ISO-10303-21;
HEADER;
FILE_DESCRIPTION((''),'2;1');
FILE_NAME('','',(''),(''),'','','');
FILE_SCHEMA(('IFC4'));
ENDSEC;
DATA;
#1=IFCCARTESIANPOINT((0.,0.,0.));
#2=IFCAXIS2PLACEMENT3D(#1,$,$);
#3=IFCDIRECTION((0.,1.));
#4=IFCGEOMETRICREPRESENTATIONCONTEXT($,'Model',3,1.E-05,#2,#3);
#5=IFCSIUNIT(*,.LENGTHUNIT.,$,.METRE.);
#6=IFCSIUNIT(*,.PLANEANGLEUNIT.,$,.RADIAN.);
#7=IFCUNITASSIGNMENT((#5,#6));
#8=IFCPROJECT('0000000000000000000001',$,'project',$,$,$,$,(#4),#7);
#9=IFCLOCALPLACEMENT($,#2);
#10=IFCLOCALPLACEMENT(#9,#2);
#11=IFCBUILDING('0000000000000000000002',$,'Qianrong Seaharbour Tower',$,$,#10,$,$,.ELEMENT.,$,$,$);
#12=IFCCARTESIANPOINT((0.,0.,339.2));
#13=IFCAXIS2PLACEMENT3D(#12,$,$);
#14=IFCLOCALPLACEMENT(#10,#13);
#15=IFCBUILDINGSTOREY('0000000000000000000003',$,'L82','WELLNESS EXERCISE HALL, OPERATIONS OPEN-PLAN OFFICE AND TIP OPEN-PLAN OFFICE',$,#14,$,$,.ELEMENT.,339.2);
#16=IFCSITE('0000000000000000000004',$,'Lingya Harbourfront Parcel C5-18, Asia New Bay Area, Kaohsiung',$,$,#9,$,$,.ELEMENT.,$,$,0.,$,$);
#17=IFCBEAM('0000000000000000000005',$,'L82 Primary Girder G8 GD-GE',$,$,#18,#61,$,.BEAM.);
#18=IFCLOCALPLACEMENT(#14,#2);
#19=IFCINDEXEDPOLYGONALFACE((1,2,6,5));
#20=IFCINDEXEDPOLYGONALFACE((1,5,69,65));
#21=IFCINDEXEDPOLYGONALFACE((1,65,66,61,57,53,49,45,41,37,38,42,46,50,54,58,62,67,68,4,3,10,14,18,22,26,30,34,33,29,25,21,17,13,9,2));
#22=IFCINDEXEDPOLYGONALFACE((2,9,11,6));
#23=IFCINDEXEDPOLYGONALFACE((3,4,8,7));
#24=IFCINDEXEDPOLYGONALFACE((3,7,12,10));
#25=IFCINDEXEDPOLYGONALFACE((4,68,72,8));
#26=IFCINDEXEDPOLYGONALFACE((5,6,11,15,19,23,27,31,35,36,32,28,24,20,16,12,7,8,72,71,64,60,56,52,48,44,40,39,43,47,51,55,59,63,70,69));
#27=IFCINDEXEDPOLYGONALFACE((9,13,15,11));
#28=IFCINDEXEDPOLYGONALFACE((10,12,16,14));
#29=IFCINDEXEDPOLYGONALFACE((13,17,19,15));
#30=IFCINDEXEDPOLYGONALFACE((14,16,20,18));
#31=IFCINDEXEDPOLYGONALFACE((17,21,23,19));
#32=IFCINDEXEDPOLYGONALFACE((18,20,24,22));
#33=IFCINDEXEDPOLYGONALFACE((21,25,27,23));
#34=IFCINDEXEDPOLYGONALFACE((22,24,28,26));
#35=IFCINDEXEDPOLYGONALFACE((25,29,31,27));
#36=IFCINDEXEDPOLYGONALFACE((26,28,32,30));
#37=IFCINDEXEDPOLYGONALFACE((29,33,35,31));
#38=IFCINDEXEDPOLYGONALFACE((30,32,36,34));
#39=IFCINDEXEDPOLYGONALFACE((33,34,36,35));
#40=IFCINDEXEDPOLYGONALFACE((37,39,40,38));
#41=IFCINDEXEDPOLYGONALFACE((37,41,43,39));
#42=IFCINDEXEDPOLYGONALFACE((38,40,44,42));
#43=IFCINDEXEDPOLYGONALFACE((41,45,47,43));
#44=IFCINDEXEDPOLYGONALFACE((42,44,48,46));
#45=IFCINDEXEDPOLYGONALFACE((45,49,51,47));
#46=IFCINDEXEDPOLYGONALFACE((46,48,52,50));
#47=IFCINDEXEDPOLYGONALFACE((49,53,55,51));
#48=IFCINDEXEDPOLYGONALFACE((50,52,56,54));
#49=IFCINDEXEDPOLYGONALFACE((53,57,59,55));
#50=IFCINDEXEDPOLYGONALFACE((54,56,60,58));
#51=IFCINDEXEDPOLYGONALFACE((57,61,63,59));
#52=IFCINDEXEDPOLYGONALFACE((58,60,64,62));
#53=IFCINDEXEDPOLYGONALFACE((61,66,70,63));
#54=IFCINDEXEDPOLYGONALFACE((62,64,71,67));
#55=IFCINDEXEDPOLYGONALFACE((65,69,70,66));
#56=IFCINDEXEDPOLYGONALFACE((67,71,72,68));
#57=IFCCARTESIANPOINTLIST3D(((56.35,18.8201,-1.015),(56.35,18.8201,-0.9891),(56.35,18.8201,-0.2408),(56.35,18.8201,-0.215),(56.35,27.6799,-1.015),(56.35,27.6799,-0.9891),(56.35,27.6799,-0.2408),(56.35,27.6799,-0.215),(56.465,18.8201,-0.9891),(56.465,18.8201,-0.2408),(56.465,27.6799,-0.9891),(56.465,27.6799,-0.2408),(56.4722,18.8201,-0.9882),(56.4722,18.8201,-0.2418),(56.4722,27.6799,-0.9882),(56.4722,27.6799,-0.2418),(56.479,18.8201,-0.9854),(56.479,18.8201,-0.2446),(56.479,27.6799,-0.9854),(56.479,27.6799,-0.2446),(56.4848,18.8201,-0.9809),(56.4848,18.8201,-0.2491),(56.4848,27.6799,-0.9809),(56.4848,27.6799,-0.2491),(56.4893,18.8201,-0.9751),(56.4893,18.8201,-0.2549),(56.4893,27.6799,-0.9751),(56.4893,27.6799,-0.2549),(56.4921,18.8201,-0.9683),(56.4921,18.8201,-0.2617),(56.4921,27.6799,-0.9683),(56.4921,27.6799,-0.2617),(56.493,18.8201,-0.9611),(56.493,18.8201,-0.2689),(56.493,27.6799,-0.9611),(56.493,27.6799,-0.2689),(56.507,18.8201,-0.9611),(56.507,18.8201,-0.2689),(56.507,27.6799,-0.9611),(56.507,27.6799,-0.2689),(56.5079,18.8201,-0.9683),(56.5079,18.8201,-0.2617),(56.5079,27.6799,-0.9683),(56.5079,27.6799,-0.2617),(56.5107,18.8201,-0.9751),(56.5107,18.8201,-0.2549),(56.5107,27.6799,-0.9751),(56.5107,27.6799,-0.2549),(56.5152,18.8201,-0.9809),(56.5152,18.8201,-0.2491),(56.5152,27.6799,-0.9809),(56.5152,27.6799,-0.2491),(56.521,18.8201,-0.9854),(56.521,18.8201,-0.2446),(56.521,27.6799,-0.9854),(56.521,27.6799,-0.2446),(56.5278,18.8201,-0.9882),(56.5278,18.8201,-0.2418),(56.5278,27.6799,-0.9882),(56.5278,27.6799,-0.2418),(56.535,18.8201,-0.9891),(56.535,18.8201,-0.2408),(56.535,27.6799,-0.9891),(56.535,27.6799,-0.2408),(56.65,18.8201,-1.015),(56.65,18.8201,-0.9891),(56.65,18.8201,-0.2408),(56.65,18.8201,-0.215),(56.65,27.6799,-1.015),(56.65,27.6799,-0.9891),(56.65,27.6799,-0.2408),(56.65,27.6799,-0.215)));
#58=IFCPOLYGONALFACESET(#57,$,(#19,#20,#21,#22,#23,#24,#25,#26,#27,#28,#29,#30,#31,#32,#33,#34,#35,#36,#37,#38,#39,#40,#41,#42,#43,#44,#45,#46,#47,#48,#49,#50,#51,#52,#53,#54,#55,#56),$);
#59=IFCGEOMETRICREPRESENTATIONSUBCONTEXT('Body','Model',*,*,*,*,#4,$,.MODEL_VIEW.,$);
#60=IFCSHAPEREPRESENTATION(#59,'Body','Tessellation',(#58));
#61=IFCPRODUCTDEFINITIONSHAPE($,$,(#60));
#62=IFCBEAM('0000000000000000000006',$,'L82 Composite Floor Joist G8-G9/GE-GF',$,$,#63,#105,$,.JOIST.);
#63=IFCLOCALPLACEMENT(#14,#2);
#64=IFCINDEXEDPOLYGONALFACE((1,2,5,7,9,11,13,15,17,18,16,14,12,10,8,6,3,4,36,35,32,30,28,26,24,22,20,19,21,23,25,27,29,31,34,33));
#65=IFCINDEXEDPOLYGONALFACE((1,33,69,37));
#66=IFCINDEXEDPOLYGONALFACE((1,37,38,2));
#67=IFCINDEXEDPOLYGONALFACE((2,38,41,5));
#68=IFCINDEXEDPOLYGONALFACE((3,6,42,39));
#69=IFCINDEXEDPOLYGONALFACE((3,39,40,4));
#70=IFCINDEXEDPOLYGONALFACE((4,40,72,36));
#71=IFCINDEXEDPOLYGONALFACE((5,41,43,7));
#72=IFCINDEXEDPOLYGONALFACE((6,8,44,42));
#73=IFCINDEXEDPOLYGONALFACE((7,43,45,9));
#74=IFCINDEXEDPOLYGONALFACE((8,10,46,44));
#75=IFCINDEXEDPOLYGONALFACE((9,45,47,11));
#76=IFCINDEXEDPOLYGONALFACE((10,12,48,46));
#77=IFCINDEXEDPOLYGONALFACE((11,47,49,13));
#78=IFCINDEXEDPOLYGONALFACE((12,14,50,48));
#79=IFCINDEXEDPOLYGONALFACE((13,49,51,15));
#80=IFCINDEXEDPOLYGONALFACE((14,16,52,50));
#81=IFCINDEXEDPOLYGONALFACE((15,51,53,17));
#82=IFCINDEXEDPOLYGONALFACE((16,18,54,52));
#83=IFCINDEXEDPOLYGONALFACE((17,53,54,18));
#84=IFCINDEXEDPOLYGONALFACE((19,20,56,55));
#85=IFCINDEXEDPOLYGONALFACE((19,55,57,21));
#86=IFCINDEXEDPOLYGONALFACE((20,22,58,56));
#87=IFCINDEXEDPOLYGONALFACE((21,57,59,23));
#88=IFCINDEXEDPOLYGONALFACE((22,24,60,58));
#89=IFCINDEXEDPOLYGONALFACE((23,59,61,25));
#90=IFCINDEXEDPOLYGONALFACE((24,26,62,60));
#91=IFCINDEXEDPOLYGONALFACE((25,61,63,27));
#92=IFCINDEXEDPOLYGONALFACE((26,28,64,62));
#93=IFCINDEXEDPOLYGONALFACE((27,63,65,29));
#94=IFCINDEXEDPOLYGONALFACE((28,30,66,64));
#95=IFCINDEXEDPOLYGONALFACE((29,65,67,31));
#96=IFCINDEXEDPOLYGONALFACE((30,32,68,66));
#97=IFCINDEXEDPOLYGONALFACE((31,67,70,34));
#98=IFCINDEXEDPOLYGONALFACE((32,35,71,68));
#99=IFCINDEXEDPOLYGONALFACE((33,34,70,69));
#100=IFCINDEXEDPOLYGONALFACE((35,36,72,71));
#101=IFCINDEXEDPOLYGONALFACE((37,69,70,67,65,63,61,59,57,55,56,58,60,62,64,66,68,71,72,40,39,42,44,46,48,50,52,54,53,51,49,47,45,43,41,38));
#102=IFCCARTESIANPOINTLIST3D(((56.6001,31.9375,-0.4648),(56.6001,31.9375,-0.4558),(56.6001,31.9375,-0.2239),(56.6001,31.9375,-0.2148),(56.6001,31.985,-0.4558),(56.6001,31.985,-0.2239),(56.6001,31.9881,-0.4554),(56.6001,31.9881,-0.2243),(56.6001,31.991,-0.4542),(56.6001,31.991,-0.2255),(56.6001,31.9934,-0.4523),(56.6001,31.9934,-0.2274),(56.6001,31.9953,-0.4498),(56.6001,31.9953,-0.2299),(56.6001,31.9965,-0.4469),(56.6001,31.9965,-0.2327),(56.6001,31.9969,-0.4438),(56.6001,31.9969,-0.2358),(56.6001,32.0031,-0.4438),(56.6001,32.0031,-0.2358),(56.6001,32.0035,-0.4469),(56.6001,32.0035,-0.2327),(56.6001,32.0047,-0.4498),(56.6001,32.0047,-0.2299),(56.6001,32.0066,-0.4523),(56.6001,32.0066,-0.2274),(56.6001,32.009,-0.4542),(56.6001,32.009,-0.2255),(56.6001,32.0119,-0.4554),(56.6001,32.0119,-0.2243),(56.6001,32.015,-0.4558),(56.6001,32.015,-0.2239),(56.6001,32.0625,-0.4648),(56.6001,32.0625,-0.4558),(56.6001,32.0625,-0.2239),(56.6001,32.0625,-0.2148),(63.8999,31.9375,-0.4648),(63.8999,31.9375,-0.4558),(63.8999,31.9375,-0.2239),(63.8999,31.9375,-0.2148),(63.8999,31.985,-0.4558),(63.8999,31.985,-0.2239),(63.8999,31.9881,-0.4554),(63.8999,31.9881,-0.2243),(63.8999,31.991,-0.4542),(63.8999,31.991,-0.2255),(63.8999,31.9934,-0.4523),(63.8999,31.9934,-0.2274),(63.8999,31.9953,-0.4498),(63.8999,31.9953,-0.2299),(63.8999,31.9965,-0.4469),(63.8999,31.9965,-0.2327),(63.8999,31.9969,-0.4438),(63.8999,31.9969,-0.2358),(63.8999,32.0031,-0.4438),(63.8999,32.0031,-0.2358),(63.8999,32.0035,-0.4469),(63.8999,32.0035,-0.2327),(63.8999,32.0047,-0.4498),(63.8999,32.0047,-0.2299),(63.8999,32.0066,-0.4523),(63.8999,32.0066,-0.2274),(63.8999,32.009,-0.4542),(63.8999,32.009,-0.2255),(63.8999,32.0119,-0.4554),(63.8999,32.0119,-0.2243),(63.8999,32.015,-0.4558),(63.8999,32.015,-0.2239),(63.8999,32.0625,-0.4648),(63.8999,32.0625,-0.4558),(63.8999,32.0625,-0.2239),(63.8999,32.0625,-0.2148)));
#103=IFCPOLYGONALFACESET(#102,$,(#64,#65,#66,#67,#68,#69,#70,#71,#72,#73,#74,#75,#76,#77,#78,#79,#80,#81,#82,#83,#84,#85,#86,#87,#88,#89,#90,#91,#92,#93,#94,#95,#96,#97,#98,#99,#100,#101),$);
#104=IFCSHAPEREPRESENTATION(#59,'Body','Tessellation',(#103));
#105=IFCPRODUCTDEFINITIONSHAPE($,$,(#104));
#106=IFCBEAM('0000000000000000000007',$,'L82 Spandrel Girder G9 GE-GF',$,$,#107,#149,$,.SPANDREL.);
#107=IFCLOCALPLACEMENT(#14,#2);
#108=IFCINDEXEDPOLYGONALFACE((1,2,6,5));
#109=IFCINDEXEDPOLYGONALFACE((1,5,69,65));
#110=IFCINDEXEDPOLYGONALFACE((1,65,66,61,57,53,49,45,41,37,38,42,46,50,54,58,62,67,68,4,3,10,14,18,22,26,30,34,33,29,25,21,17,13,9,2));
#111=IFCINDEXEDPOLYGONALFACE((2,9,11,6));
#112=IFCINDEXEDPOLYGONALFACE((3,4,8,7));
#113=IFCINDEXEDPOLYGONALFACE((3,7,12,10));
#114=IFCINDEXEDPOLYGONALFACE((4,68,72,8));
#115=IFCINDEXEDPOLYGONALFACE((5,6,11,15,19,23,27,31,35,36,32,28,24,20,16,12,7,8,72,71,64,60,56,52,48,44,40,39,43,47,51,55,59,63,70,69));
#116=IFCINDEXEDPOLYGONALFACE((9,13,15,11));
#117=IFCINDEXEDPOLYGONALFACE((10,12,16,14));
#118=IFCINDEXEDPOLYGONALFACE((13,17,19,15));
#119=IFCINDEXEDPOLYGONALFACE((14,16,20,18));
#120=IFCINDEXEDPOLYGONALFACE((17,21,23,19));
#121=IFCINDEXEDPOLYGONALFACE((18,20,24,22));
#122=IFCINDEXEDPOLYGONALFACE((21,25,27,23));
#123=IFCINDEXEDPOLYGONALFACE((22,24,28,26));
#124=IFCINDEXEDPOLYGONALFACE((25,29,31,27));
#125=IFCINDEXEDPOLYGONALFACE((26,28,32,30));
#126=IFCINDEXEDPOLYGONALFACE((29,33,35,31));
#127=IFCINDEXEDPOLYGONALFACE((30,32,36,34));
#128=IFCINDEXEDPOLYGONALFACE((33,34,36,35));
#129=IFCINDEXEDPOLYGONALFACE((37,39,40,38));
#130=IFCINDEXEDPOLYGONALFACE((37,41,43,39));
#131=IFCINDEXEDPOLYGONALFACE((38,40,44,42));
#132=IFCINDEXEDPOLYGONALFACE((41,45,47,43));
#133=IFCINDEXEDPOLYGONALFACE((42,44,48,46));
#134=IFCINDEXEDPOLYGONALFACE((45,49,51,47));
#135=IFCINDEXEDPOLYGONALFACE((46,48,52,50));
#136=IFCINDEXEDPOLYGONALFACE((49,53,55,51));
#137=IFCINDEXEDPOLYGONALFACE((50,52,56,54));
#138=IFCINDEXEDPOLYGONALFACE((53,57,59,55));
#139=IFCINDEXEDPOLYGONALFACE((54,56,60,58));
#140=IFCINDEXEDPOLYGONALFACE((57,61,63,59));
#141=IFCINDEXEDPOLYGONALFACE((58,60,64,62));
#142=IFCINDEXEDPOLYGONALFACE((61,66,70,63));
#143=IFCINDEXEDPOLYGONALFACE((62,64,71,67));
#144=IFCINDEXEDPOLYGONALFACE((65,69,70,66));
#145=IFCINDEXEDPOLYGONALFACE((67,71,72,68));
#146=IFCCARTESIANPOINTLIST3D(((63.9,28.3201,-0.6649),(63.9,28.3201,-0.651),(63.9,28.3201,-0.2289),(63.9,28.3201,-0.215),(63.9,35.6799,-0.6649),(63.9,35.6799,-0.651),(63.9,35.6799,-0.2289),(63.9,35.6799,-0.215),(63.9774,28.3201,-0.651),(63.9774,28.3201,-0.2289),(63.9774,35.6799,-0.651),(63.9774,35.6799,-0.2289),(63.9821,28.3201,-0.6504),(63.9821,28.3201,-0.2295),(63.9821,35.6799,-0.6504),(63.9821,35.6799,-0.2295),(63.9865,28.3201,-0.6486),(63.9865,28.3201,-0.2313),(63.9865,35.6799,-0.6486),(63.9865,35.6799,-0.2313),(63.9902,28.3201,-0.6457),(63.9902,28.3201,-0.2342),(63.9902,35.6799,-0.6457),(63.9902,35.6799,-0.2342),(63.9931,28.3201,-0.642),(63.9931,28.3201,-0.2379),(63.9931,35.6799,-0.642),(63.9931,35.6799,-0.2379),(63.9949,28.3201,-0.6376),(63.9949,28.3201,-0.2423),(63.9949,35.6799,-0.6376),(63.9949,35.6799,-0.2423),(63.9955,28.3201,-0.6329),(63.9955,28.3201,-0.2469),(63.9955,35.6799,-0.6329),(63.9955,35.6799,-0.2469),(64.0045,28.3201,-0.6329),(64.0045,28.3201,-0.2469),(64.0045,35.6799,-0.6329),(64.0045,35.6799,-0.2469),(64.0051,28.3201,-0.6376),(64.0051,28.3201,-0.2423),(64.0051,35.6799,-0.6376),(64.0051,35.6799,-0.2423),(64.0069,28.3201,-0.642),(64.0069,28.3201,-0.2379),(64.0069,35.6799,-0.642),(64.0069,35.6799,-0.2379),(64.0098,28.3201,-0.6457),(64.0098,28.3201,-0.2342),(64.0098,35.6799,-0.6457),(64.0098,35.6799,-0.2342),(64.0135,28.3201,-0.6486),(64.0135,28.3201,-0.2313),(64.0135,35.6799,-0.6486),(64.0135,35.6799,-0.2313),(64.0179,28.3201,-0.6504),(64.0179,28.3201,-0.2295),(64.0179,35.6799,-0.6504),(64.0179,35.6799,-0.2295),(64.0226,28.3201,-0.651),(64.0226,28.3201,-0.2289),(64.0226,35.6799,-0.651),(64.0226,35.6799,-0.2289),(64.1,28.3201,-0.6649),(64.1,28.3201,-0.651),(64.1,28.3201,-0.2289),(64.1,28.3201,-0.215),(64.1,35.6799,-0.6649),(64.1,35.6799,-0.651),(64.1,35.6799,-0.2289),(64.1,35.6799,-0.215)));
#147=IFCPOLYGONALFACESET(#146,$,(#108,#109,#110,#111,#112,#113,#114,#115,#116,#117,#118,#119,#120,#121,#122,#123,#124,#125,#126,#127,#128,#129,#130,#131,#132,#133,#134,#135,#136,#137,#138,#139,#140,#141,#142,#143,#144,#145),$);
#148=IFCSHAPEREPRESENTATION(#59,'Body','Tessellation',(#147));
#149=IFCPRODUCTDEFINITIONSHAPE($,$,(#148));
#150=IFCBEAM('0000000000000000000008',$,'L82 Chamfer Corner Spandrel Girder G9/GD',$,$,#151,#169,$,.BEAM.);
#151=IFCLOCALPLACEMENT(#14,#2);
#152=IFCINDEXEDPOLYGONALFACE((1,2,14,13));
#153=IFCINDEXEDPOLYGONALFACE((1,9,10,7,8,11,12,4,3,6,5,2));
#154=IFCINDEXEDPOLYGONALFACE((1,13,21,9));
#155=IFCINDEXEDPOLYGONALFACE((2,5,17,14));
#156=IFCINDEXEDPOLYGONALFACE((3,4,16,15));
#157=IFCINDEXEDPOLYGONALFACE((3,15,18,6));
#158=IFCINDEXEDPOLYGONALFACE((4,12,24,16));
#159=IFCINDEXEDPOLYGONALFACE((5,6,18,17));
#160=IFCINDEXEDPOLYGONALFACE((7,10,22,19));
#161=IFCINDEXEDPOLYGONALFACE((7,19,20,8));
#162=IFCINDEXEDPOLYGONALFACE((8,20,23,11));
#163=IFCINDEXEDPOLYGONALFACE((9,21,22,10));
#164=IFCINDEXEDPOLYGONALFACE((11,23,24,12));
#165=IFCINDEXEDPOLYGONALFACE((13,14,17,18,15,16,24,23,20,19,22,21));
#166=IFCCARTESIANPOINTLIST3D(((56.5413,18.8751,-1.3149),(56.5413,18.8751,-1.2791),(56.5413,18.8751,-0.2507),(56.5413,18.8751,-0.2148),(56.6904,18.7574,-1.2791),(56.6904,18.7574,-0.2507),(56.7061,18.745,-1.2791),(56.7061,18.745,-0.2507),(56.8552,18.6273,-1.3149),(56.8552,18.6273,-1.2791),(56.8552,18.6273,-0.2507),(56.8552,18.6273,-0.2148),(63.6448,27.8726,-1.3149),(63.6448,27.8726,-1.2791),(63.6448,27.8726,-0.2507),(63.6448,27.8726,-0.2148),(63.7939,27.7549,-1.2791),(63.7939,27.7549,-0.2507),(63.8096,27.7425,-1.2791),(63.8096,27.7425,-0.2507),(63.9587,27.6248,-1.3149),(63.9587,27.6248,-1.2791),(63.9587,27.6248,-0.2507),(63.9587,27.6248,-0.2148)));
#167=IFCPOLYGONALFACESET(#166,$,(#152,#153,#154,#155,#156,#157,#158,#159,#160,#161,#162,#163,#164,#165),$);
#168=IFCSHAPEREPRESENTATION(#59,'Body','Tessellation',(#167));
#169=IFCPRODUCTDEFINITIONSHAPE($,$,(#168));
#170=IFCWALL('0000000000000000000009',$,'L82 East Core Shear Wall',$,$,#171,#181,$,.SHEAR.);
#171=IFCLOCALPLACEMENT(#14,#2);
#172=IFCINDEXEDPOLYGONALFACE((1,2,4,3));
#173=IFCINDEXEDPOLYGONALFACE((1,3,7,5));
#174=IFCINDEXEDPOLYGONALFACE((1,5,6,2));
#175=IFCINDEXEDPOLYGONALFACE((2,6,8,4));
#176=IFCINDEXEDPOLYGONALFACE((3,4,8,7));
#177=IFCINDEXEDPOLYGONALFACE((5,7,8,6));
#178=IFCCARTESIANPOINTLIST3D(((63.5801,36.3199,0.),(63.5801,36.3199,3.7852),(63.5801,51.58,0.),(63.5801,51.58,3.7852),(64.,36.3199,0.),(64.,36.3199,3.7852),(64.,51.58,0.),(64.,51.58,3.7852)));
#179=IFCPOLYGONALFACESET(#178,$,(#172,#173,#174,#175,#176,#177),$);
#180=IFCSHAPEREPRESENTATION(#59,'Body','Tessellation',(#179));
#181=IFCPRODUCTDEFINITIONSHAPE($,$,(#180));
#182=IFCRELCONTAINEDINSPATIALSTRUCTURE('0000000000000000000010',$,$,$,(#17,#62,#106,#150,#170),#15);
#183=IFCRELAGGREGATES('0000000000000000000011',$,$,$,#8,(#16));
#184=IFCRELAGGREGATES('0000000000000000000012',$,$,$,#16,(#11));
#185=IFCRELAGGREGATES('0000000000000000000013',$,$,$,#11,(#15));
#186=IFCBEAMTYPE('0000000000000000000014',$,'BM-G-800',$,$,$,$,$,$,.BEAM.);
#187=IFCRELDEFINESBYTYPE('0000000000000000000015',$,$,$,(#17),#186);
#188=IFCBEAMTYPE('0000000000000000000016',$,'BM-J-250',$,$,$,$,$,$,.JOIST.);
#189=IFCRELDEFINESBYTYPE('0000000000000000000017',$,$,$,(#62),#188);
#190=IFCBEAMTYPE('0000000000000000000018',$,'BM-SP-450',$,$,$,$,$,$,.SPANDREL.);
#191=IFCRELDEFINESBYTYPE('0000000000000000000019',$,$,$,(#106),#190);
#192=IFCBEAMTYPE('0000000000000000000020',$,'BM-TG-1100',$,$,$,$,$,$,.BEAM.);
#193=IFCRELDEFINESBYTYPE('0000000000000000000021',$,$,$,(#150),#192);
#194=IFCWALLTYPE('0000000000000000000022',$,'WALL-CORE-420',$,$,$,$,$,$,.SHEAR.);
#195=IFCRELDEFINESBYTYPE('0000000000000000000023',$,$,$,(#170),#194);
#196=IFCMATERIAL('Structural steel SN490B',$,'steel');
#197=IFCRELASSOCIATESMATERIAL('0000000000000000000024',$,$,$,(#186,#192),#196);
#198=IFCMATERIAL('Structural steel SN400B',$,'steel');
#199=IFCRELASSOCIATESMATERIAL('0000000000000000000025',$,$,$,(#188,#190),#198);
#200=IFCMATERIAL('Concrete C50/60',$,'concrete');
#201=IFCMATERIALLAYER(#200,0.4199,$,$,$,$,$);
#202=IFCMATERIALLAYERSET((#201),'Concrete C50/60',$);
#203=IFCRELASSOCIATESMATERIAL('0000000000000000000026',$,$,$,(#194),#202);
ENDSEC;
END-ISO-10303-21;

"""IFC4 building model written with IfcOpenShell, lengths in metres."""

from ifc_helpers import new_model, si_unit, direction, frame, frame_2d, origin, origin_2d, place, context, subcontext, project, spatial, rectangle, i_section, extrude, material, layer, layer_set, material_profile, profile_set, type_object, element, save


model = new_model("IFC4")

# Units and contexts
model_context = context("Model", 3, precision=1e-05, world=origin(), true_north=direction((0.0, 1.0)))
body_context = subcontext(model_context, "Body", "Model", "MODEL_VIEW")
ifc_project = project(units=[si_unit("LENGTHUNIT", "METRE"), si_unit("PLANEANGLEUNIT", "RADIAN")], contexts=[model_context])

# Site, building, storey
site_placement = place(None, origin())
site = spatial("IfcSite", under=ifc_project, at=site_placement, Name="Lingya Harbourfront Parcel C5-18, Asia New Bay Area, Kaohsiung", CompositionType="ELEMENT", RefElevation=0.0)
building_placement = place(site_placement, origin())
building = spatial("IfcBuilding", under=site, at=building_placement, Name="Qianrong Seaharbour Tower", CompositionType="ELEMENT")
storey_placement = place(building_placement, frame((0.0, 0.0, 339.2)))
storey = spatial("IfcBuildingStorey", under=building, at=storey_placement, Name="L82", Description="WELLNESS EXERCISE HALL, OPERATIONS OPEN-PLAN OFFICE AND TIP OPEN-PLAN OFFICE", CompositionType="ELEMENT", Elevation=339.2)

# Shared definitions
ifc_material_1 = material(Name="Structural steel SN490B", Category="steel")
ifc_material_2 = material(Name="Concrete C50/60", Category="concrete")
ifc_material_3 = material(Name="Structural steel SN400B", Category="steel")

# Beams
ifc_material_profile_1 = material_profile(ifc_material_1, i_section(OverallWidth=0.3, OverallDepth=0.8, WebThickness=0.0139, FlangeThickness=0.0259, FilletRadius=0.0281, at=origin_2d()), Name="H800x300x14x26")
ifc_profile_set_1 = profile_set([ifc_material_profile_1], Name="Structural steel SN490B")
beam_type_1 = type_object("IfcBeamType", Name="BM-G-800", PredefinedType="BEAM", material=ifc_profile_set_1)
beam_1_placement = place(storey_placement, frame((56.5, 18.8201, -0.615), z_axis=(0.0, 1.0, 0.0), x_axis=(-1.0, 0.0, 0.0)))
element("IfcBeam", 1, at=beam_1_placement, inside=storey, type_object=beam_type_1, Name="L82 Primary Girder G8 GD-GE", PredefinedType="BEAM", context=body_context, shape_type="SweptSolid", body=[
    extrude(i_section(OverallWidth=0.3, OverallDepth=0.8, WebThickness=0.0139, FlangeThickness=0.0259, FilletRadius=0.0281, at=origin_2d()), origin(), (0.0, 0.0, 1.0), 8.8599),
])
ifc_material_profile_2 = material_profile(ifc_material_3, i_section(OverallWidth=0.125, OverallDepth=0.25, WebThickness=0.0061, FlangeThickness=0.009, FilletRadius=0.012, at=origin_2d()), Name="H250x125x6x9")
ifc_profile_set_2 = profile_set([ifc_material_profile_2], Name="Structural steel SN400B")
beam_type_2 = type_object("IfcBeamType", Name="BM-J-250", PredefinedType="JOIST", material=ifc_profile_set_2)
beam_2_placement = place(storey_placement, frame((56.6001, 32.0, -0.3398), z_axis=(1.0, 0.0, 0.0), x_axis=(0.0, 1.0, 0.0)))
element("IfcBeam", 2, at=beam_2_placement, inside=storey, type_object=beam_type_2, Name="L82 Composite Floor Joist G8-G9/GE-GF", PredefinedType="JOIST", context=body_context, shape_type="SweptSolid", body=[
    extrude(i_section(OverallWidth=0.125, OverallDepth=0.25, WebThickness=0.0061, FlangeThickness=0.009, FilletRadius=0.012, at=origin_2d()), origin(), (0.0, 0.0, 1.0), 7.2998),
])
ifc_material_profile_3 = material_profile(ifc_material_3, i_section(OverallWidth=0.2, OverallDepth=0.45, WebThickness=0.009, FlangeThickness=0.0139, FilletRadius=0.0181, at=origin_2d()), Name="H450x200x9x14")
ifc_profile_set_3 = profile_set([ifc_material_profile_3], Name="Structural steel SN400B")
beam_type_3 = type_object("IfcBeamType", Name="BM-SP-450", PredefinedType="SPANDREL", material=ifc_profile_set_3)
beam_3_placement = place(storey_placement, frame((64.0, 28.3201, -0.4399), z_axis=(0.0, 1.0, 0.0), x_axis=(-1.0, 0.0, 0.0)))
element("IfcBeam", 3, at=beam_3_placement, inside=storey, type_object=beam_type_3, Name="L82 Spandrel Girder G9 GE-GF", PredefinedType="SPANDREL", context=body_context, shape_type="SweptSolid", body=[
    extrude(i_section(OverallWidth=0.2, OverallDepth=0.45, WebThickness=0.009, FlangeThickness=0.0139, FilletRadius=0.0181, at=origin_2d()), origin(), (0.0, 0.0, 1.0), 7.3599),
])
ifc_material_profile_4 = material_profile(ifc_material_1, i_section(OverallWidth=0.3999, OverallDepth=1.1001, WebThickness=0.02, FlangeThickness=0.0359, at=origin_2d()), Name="BH1100x400x20x36")
ifc_profile_set_4 = profile_set([ifc_material_profile_4], Name="Structural steel SN490B")
beam_type_4 = type_object("IfcBeamType", Name="BM-TG-1100", PredefinedType="BEAM", material=ifc_profile_set_4)
beam_4_placement = place(storey_placement, frame((56.6982, 18.7512, -0.7649), z_axis=(0.619654, 0.784875, 0.0), x_axis=(-0.784875, 0.619654, 0.0)))
element("IfcBeam", 4, at=beam_4_placement, inside=storey, type_object=beam_type_4, Name="L82 Chamfer Corner Spandrel Girder G9/GD", PredefinedType="BEAM", context=body_context, shape_type="SweptSolid", body=[
    extrude(i_section(OverallWidth=0.3999, OverallDepth=1.1001, WebThickness=0.02, FlangeThickness=0.0359, at=origin_2d()), origin(), (0.0, 0.0, 1.0), 11.4636),
])

# Wall
ifc_layer_1 = layer(ifc_material_2, 0.4199)
ifc_layer_set_1 = layer_set([ifc_layer_1], Name="Concrete C50/60")
wall_type_1 = type_object("IfcWallType", Name="WALL-CORE-420", PredefinedType="SHEAR", material=ifc_layer_set_1)
wall_1_placement = place(storey_placement, frame((63.79, 36.3201, 0.0), z_axis=(0.0, 0.0, 1.0), x_axis=(0.0, 1.0, 0.0)))
element("IfcWall", 5, at=wall_1_placement, inside=storey, type_object=wall_type_1, Name="L82 East Core Shear Wall", PredefinedType="SHEAR", context=body_context, shape_type="SweptSolid", body=[
    extrude(rectangle(XDim=15.26, YDim=0.4199, at=frame_2d((7.6299, 0.0))), origin(), (0.0, 0.0, 1.0), 3.7852),
])

save(model, "model.ifc")
